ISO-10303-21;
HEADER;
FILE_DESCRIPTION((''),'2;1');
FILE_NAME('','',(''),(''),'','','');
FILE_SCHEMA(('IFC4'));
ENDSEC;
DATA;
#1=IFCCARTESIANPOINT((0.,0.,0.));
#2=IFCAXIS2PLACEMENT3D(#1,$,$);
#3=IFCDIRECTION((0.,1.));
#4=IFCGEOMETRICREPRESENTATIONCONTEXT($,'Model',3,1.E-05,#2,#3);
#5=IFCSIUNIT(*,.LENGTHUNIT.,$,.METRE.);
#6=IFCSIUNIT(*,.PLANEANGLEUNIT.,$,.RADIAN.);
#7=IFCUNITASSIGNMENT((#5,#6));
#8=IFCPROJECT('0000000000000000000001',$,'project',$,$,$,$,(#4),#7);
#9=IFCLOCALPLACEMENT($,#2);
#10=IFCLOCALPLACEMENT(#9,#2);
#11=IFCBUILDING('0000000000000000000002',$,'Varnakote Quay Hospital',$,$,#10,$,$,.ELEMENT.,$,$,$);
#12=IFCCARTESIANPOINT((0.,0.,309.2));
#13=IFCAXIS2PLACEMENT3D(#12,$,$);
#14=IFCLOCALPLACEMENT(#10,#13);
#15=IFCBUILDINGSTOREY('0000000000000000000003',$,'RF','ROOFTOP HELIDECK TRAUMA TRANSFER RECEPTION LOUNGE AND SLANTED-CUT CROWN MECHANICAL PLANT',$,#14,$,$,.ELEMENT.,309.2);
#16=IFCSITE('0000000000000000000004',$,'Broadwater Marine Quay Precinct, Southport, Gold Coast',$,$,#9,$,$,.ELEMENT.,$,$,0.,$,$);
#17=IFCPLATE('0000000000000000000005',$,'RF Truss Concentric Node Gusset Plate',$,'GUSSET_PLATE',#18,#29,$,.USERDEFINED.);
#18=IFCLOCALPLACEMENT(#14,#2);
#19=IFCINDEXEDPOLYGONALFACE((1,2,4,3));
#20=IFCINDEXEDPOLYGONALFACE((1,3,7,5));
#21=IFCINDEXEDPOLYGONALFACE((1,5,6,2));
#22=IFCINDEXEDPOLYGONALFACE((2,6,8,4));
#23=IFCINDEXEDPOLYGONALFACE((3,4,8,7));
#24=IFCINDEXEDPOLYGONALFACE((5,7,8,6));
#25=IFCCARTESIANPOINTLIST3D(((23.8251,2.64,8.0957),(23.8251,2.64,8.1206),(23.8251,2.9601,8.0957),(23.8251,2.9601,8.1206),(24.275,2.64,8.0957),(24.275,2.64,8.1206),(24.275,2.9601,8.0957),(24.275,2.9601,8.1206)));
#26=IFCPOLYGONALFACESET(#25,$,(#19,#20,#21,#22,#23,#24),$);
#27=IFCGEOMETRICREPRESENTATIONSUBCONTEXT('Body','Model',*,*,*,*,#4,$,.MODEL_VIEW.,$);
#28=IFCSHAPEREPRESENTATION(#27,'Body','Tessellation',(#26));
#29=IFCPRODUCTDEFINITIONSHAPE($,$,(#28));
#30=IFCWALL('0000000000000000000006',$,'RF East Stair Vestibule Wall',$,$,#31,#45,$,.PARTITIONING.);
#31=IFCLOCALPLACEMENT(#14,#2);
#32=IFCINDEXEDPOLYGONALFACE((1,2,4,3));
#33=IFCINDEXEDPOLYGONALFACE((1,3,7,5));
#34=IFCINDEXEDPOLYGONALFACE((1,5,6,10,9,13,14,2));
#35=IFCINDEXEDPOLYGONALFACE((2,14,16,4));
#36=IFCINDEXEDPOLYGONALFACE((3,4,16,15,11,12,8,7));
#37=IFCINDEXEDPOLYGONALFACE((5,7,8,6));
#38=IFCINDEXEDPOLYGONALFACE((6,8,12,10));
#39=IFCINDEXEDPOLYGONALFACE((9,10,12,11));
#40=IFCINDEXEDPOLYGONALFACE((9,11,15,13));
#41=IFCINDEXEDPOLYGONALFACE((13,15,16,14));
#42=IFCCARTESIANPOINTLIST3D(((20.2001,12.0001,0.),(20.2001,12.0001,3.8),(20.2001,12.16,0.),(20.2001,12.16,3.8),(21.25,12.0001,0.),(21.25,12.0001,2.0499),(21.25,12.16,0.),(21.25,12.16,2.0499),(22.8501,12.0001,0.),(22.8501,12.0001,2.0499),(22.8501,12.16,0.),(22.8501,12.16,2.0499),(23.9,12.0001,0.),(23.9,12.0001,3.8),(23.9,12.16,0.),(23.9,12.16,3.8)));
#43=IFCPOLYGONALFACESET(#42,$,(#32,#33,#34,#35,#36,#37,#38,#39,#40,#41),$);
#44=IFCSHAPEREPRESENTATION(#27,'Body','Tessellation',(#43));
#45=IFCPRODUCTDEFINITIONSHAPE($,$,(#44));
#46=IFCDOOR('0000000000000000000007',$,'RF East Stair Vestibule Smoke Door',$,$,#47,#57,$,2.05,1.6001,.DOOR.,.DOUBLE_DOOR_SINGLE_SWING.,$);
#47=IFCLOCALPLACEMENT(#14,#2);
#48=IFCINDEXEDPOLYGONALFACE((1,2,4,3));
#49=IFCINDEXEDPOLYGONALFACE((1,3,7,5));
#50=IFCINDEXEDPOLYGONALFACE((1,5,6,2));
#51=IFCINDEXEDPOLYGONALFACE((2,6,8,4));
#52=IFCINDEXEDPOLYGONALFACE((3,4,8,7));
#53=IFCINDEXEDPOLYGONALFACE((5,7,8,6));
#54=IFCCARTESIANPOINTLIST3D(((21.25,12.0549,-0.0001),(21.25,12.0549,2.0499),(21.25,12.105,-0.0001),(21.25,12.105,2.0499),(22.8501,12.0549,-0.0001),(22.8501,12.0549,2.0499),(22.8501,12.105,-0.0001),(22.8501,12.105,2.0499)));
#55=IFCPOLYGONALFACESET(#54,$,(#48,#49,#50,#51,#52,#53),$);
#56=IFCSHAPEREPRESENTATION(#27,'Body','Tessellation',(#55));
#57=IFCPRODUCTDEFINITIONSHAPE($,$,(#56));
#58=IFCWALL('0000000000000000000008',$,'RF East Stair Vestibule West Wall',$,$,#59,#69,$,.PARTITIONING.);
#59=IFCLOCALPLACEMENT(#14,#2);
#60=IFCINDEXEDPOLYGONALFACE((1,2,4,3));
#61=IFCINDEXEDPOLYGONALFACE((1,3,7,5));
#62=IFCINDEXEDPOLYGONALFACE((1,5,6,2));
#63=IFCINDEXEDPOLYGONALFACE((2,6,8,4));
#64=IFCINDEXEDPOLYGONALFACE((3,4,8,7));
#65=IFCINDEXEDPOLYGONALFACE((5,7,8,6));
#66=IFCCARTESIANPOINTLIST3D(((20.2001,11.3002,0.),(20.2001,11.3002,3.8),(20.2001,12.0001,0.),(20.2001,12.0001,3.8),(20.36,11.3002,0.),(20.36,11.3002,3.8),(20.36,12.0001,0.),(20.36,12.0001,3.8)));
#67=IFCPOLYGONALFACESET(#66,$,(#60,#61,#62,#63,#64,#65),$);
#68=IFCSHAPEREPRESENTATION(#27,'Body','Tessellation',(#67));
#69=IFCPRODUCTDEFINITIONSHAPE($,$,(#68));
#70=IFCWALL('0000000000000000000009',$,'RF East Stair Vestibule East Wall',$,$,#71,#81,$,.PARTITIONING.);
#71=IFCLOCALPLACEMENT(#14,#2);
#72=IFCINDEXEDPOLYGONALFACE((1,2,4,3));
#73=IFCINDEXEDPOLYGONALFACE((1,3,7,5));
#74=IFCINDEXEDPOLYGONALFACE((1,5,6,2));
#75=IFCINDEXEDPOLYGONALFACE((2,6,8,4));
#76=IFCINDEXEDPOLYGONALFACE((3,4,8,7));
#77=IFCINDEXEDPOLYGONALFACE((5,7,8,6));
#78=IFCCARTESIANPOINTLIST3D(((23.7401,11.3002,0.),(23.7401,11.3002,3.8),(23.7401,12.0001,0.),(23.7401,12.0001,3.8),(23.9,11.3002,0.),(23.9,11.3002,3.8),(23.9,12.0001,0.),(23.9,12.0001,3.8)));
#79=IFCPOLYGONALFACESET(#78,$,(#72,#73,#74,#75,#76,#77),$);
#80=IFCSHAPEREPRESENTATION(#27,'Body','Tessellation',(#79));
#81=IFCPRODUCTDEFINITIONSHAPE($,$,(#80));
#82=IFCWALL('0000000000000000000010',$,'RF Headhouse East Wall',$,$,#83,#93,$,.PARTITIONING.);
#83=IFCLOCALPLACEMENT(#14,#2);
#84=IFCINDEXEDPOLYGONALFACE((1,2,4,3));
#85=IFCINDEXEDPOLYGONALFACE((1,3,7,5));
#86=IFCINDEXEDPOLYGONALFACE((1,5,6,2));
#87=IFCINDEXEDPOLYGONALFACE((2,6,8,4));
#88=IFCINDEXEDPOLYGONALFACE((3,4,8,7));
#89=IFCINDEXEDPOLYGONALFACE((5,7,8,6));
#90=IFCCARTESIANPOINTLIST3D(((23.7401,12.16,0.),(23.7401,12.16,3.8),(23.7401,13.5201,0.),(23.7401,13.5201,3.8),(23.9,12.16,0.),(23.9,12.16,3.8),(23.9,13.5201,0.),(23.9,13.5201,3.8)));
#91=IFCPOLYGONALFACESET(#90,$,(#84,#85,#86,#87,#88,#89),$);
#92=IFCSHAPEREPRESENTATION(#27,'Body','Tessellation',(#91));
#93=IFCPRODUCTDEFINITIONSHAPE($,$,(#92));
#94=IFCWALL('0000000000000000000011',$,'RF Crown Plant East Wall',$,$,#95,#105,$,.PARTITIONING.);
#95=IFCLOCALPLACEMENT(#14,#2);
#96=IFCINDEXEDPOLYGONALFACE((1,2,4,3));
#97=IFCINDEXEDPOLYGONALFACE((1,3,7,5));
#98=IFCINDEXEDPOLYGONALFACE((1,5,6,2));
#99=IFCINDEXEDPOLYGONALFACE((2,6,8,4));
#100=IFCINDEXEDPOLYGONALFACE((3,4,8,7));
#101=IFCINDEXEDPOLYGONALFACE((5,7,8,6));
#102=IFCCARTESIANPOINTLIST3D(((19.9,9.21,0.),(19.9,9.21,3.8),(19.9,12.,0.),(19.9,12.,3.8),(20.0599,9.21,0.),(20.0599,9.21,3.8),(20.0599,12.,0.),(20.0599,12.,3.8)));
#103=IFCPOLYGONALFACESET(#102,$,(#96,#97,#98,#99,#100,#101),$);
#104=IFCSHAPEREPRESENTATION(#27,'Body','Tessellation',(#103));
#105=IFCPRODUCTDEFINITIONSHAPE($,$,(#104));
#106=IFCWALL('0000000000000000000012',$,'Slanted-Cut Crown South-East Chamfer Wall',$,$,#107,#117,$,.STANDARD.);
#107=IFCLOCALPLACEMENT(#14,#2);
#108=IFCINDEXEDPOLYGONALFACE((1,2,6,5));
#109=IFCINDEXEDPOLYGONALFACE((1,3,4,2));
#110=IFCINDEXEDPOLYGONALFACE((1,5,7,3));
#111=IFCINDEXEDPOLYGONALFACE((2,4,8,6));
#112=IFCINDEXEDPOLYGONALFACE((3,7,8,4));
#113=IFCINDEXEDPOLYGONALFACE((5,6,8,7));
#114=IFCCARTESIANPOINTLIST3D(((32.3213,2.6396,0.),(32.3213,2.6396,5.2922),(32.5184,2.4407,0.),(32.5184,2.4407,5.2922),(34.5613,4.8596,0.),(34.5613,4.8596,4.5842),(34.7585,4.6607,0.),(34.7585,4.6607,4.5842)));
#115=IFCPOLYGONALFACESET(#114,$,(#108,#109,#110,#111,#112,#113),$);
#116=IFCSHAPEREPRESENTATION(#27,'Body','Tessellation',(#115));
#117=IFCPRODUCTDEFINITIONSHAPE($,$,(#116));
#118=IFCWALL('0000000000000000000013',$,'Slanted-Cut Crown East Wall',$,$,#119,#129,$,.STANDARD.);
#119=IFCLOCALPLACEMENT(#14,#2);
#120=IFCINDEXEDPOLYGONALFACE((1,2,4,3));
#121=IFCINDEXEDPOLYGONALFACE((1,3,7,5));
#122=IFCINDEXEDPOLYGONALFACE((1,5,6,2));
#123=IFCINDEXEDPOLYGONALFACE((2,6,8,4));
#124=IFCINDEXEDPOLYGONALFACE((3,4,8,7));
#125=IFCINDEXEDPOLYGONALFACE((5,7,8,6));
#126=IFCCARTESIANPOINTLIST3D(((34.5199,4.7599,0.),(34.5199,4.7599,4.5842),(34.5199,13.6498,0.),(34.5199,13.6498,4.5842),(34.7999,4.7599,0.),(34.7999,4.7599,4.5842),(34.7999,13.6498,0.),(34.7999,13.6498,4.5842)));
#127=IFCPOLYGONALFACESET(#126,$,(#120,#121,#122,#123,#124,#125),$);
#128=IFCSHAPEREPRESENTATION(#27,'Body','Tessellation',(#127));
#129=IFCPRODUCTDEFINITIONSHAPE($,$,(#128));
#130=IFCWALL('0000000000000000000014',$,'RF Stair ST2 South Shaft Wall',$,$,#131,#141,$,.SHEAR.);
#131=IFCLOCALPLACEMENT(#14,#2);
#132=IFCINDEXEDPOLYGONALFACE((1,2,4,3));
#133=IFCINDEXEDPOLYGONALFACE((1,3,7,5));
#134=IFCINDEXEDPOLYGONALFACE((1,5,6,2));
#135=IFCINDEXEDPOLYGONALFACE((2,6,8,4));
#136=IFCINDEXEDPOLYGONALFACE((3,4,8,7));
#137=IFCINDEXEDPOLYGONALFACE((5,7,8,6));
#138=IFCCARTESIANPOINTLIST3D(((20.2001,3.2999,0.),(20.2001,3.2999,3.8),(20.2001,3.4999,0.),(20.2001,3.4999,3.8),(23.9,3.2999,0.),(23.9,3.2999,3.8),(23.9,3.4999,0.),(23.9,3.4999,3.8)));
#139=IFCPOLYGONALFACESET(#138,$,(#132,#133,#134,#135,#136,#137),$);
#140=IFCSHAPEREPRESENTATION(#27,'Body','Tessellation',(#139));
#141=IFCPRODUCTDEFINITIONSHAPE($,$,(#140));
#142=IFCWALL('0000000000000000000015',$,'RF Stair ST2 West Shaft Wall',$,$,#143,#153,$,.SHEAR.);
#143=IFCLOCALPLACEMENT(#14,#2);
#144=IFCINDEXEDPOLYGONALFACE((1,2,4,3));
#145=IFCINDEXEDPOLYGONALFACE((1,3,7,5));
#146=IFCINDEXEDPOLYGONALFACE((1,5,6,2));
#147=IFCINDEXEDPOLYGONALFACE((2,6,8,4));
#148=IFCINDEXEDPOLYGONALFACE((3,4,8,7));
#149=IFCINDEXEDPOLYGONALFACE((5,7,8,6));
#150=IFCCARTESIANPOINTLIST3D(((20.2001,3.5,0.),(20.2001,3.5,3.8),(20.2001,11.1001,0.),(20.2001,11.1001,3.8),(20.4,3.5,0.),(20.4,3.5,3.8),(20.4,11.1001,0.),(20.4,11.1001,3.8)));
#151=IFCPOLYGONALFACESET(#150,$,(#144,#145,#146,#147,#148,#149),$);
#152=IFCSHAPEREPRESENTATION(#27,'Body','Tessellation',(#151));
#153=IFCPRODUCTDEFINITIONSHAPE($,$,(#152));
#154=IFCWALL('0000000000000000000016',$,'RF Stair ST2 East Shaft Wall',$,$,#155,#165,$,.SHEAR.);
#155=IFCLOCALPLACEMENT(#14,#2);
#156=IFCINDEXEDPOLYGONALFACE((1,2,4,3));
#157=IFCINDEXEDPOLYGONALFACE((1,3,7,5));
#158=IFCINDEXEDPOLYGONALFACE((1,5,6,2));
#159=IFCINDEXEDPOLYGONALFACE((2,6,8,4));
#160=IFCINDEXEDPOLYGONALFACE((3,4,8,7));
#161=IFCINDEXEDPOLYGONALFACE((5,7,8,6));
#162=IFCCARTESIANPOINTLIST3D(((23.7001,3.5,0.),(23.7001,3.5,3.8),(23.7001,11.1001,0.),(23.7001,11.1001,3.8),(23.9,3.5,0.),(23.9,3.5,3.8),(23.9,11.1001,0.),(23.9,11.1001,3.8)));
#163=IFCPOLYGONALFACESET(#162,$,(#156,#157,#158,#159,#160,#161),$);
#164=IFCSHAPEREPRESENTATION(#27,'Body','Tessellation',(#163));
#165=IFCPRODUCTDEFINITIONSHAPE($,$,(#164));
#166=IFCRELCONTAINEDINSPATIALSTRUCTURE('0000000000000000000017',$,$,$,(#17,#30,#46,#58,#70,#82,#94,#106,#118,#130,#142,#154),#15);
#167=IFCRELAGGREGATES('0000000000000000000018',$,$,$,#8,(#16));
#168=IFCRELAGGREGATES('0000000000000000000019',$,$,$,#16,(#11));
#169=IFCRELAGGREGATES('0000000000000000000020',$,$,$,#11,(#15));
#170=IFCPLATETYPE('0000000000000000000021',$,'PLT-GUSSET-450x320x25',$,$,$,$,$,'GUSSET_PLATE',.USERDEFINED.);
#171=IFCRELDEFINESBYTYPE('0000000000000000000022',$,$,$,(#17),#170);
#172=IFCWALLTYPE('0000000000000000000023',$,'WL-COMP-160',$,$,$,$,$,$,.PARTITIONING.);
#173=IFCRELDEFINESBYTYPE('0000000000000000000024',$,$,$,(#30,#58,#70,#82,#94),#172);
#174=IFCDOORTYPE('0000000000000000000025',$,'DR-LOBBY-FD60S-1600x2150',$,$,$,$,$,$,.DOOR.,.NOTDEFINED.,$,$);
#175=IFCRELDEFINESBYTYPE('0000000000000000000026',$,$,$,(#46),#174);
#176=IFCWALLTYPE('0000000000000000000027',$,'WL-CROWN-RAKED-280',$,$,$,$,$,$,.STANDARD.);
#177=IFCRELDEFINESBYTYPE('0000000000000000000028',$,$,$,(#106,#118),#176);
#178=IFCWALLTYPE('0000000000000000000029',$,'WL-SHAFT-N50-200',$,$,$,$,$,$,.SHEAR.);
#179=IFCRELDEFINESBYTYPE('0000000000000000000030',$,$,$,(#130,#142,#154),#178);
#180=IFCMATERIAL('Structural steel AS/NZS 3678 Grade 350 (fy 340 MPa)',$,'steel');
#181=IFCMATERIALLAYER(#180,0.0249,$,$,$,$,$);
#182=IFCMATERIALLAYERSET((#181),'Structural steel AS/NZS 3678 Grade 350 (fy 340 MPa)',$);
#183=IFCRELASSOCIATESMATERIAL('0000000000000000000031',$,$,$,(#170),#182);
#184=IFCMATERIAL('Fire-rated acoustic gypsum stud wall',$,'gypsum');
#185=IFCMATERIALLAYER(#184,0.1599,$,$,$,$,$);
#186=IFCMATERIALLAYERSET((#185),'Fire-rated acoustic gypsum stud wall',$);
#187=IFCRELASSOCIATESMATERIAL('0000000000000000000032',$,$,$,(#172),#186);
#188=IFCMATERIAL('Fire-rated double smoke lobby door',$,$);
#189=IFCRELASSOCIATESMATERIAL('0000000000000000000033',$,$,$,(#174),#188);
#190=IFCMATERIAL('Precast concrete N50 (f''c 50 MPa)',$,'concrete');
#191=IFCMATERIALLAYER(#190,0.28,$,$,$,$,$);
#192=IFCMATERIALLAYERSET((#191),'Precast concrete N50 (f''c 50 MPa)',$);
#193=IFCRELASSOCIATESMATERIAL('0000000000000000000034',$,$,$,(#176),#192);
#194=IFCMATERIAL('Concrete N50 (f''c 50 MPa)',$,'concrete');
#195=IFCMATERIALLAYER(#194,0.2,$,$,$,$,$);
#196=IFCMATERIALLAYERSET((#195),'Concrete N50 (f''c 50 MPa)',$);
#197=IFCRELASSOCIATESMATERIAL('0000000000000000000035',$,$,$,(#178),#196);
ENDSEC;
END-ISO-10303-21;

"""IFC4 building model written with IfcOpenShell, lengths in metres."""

from ifc_helpers import new_model, si_unit, direction, frame, frame_2d, origin, origin_2d, place, context, subcontext, project, spatial, polyline, rectangle, outline, extrude, material, layer, layer_set, type_object, element, fill, save


model = new_model("IFC4")

# Units and contexts
model_context = context("Model", 3, precision=1e-05, world=origin(), true_north=direction((0.0, 1.0)))
body_context = subcontext(model_context, "Body", "Model", "MODEL_VIEW")
ifc_project = project(units=[si_unit("LENGTHUNIT", "METRE"), si_unit("PLANEANGLEUNIT", "RADIAN")], contexts=[model_context])

# Site, building, storey
site_placement = place(None, origin())
site = spatial("IfcSite", under=ifc_project, at=site_placement, Name="Broadwater Marine Quay Precinct, Southport, Gold Coast", CompositionType="ELEMENT", RefElevation=0.0)
building_placement = place(site_placement, origin())
building = spatial("IfcBuilding", under=site, at=building_placement, Name="Varnakote Quay Hospital", CompositionType="ELEMENT")
storey_placement = place(building_placement, frame((0.0, 0.0, 309.2)))
storey = spatial("IfcBuildingStorey", under=building, at=storey_placement, Name="RF", Description="ROOFTOP HELIDECK TRAUMA TRANSFER RECEPTION LOUNGE AND SLANTED-CUT CROWN MECHANICAL PLANT", CompositionType="ELEMENT", Elevation=309.2)

# Plate
ifc_material_1 = material(Name="Structural steel AS/NZS 3678 Grade 350 (fy 340 MPa)", Category="steel")
ifc_layer_1 = layer(ifc_material_1, 0.0249)
ifc_layer_set_1 = layer_set([ifc_layer_1], Name="Structural steel AS/NZS 3678 Grade 350 (fy 340 MPa)")
plate_type_1 = type_object("IfcPlateType", Name="PLT-GUSSET-450x320x25", ElementType="GUSSET_PLATE", PredefinedType="USERDEFINED", material=ifc_layer_set_1)
plate_1_placement = place(storey_placement, frame((24.05, 2.8, 8.0957), z_axis=(0.0, 0.0, 1.0), x_axis=(1.0, 0.0, 0.0)))
element("IfcPlate", 1, at=plate_1_placement, inside=storey, type_object=plate_type_1, Name="RF Truss Concentric Node Gusset Plate", ObjectType="GUSSET_PLATE", PredefinedType="USERDEFINED", context=body_context, shape_type="SweptSolid", body=[
    extrude(rectangle(XDim=0.45, YDim=0.3201, at=origin_2d()), origin(), (0.0, 0.0, 1.0), 0.0249),
])

# Wall, opening, door
ifc_material_2 = material(Name="Fire-rated acoustic gypsum stud wall", Category="gypsum")
ifc_layer_2 = layer(ifc_material_2, 0.1599)
ifc_layer_set_2 = layer_set([ifc_layer_2], Name="Fire-rated acoustic gypsum stud wall")
wall_type_1 = type_object("IfcWallType", Name="WL-COMP-160", PredefinedType="PARTITIONING", material=ifc_layer_set_2)
wall_1_placement = place(storey_placement, frame((20.2, 12.0801, 0.0), z_axis=(0.0, 0.0, 1.0), x_axis=(1.0, 0.0, 0.0)))
wall_1 = element("IfcWall", 2, at=wall_1_placement, inside=storey, type_object=wall_type_1, Name="RF East Stair Vestibule Wall", PredefinedType="PARTITIONING", context=body_context, shape_type="SweptSolid", body=[
    extrude(rectangle(XDim=3.7, YDim=0.1599, at=frame_2d((1.8501, 0.0))), origin(), (0.0, 0.0, 1.0), 3.8),
])
opening_1_placement = place(wall_1_placement, frame((1.05, 0.0, 0.0)))
opening_1 = element("IfcOpeningElement", 3, at=opening_1_placement, cuts=wall_1, PredefinedType="OPENING", context=body_context, shape_type="SweptSolid", body=[
    extrude(rectangle(XDim=1.6001, YDim=2.05, at=frame_2d((0.8, 1.0249))), frame((0.0, 0.0898, 0.0), z_axis=(0.0, -1.0, 0.0), x_axis=(1.0, 0.0, 0.0)), (0.0, 0.0, 1.0), 0.1799),
])
ifc_material_3 = material(Name="Fire-rated double smoke lobby door")
door_type_1 = type_object("IfcDoorType", Name="DR-LOBBY-FD60S-1600x2150", OperationType="NOTDEFINED", PredefinedType="DOOR", material=ifc_material_3)
door_1_placement = place(opening_1_placement, origin())
door_1 = element("IfcDoor", 4, at=door_1_placement, inside=storey, type_object=door_type_1, Name="RF East Stair Vestibule Smoke Door", OperationType="DOUBLE_DOOR_SINGLE_SWING", OverallHeight=2.05, OverallWidth=1.6001, PredefinedType="DOOR", context=body_context, shape_type="SweptSolid", body=[
    extrude(rectangle(XDim=1.6001, YDim=2.05, at=frame_2d((0.8, 1.0249))), frame((0.0, 0.0249, 0.0), z_axis=(0.0, -1.0, 0.0), x_axis=(1.0, 0.0, 0.0)), (0.0, 0.0, 1.0), 0.05),
])
fill(opening_1, door_1)

# Walls
for number, where, z_axis, x_axis, name in (
    (5, (20.28, 11.3, 0.0), (0.0, 0.0, 1.0), (0.0, 1.0, 0.0), "RF East Stair Vestibule West Wall"),
    (6, (23.8201, 11.3, 0.0), (0.0, 0.0, 1.0), (0.0, 1.0, 0.0), "RF East Stair Vestibule East Wall"),
):
    element("IfcWall", number, at=place(storey_placement, frame(where, z_axis=z_axis, x_axis=x_axis)), inside=storey, type_object=wall_type_1, Name=name, PredefinedType="PARTITIONING", context=body_context, shape_type="SweptSolid", body=[
        extrude(rectangle(XDim=0.7, YDim=0.1599, at=frame_2d((0.3501, 0.0))), origin(), (0.0, 0.0, 1.0), 3.8),
    ])
wall_2_placement = place(storey_placement, frame((23.8201, 12.1599, 0.0), z_axis=(0.0, 0.0, 1.0), x_axis=(0.0, 1.0, 0.0)))
element("IfcWall", 7, at=wall_2_placement, inside=storey, type_object=wall_type_1, Name="RF Headhouse East Wall", PredefinedType="PARTITIONING", context=body_context, shape_type="SweptSolid", body=[
    extrude(rectangle(XDim=1.3601, YDim=0.1599, at=frame_2d((0.6802, 0.0))), origin(), (0.0, 0.0, 1.0), 3.8),
])
wall_3_placement = place(storey_placement, frame((19.98, 9.21, 0.0), z_axis=(0.0, 0.0, 1.0), x_axis=(0.0, 1.0, 0.0)))
element("IfcWall", 8, at=wall_3_placement, inside=storey, type_object=wall_type_1, Name="RF Crown Plant East Wall", PredefinedType="PARTITIONING", context=body_context, shape_type="SweptSolid", body=[
    extrude(rectangle(XDim=2.79, YDim=0.1599, at=frame_2d((1.395, 0.0))), origin(), (0.0, 0.0, 1.0), 3.8),
])
ifc_material_4 = material(Name="Precast concrete N50 (f'c 50 MPa)", Category="concrete")
ifc_layer_3 = layer(ifc_material_4, 0.28)
ifc_layer_set_3 = layer_set([ifc_layer_3], Name="Precast concrete N50 (f'c 50 MPa)")
wall_type_2 = type_object("IfcWallType", Name="WL-CROWN-RAKED-280", PredefinedType="STANDARD", material=ifc_layer_set_3)
wall_4_placement = place(storey_placement, frame((32.4199, 2.54, 0.0), z_axis=(0.0, 0.0, 1.0), x_axis=(0.710274, 0.703926, 0.0)))
element("IfcWall", 9, at=wall_4_placement, inside=storey, type_object=wall_type_2, Name="Slanted-Cut Crown South-East Chamfer Wall", PredefinedType="STANDARD", context=body_context, shape_type="SweptSolid", body=[
    extrude(outline(polyline([(0.0, 0.0), (3.1538, 0.0), (3.1538, 4.5842), (0.0, 5.2922), (0.0, 0.0)])), frame((0.0, 0.1401, 0.0), z_axis=(0.0, -1.0, 0.0), x_axis=(1.0, 0.0, 0.0)), (0.0, 0.0, 1.0), 0.28),
])
wall_5_placement = place(storey_placement, frame((34.6599, 4.76, 0.0), z_axis=(0.0, 0.0, 1.0), x_axis=(0.0, 1.0, 0.0)))
element("IfcWall", 10, at=wall_5_placement, inside=storey, type_object=wall_type_2, Name="Slanted-Cut Crown East Wall", PredefinedType="STANDARD", context=body_context, shape_type="SweptSolid", body=[
    extrude(rectangle(XDim=8.8899, YDim=0.28, at=frame_2d((4.4448, 0.0))), origin(), (0.0, 0.0, 1.0), 4.5842),
])
ifc_material_5 = material(Name="Concrete N50 (f'c 50 MPa)", Category="concrete")
ifc_layer_4 = layer(ifc_material_5, 0.2)
ifc_layer_set_4 = layer_set([ifc_layer_4], Name="Concrete N50 (f'c 50 MPa)")
wall_type_3 = type_object("IfcWallType", Name="WL-SHAFT-N50-200", PredefinedType="SHEAR", material=ifc_layer_set_4)
wall_6_placement = place(storey_placement, frame((20.2, 3.3999, 0.0), z_axis=(0.0, 0.0, 1.0), x_axis=(1.0, 0.0, 0.0)))
element("IfcWall", 11, at=wall_6_placement, inside=storey, type_object=wall_type_3, Name="RF Stair ST2 South Shaft Wall", PredefinedType="SHEAR", context=body_context, shape_type="SweptSolid", body=[
    extrude(rectangle(XDim=3.7, YDim=0.2, at=frame_2d((1.8501, 0.0))), origin(), (0.0, 0.0, 1.0), 3.8),
])
for number, where, z_axis, x_axis, name in (
    (12, (20.3, 3.5, 0.0), (0.0, 0.0, 1.0), (0.0, 1.0, 0.0), "RF Stair ST2 West Shaft Wall"),
    (13, (23.8, 3.5, 0.0), (0.0, 0.0, 1.0), (0.0, 1.0, 0.0), "RF Stair ST2 East Shaft Wall"),
):
    element("IfcWall", number, at=place(storey_placement, frame(where, z_axis=z_axis, x_axis=x_axis)), inside=storey, type_object=wall_type_3, Name=name, PredefinedType="SHEAR", context=body_context, shape_type="SweptSolid", body=[
        extrude(rectangle(XDim=7.6001, YDim=0.2, at=frame_2d((3.8, 0.0))), origin(), (0.0, 0.0, 1.0), 3.8),
    ])

save(model, "model.ifc")
